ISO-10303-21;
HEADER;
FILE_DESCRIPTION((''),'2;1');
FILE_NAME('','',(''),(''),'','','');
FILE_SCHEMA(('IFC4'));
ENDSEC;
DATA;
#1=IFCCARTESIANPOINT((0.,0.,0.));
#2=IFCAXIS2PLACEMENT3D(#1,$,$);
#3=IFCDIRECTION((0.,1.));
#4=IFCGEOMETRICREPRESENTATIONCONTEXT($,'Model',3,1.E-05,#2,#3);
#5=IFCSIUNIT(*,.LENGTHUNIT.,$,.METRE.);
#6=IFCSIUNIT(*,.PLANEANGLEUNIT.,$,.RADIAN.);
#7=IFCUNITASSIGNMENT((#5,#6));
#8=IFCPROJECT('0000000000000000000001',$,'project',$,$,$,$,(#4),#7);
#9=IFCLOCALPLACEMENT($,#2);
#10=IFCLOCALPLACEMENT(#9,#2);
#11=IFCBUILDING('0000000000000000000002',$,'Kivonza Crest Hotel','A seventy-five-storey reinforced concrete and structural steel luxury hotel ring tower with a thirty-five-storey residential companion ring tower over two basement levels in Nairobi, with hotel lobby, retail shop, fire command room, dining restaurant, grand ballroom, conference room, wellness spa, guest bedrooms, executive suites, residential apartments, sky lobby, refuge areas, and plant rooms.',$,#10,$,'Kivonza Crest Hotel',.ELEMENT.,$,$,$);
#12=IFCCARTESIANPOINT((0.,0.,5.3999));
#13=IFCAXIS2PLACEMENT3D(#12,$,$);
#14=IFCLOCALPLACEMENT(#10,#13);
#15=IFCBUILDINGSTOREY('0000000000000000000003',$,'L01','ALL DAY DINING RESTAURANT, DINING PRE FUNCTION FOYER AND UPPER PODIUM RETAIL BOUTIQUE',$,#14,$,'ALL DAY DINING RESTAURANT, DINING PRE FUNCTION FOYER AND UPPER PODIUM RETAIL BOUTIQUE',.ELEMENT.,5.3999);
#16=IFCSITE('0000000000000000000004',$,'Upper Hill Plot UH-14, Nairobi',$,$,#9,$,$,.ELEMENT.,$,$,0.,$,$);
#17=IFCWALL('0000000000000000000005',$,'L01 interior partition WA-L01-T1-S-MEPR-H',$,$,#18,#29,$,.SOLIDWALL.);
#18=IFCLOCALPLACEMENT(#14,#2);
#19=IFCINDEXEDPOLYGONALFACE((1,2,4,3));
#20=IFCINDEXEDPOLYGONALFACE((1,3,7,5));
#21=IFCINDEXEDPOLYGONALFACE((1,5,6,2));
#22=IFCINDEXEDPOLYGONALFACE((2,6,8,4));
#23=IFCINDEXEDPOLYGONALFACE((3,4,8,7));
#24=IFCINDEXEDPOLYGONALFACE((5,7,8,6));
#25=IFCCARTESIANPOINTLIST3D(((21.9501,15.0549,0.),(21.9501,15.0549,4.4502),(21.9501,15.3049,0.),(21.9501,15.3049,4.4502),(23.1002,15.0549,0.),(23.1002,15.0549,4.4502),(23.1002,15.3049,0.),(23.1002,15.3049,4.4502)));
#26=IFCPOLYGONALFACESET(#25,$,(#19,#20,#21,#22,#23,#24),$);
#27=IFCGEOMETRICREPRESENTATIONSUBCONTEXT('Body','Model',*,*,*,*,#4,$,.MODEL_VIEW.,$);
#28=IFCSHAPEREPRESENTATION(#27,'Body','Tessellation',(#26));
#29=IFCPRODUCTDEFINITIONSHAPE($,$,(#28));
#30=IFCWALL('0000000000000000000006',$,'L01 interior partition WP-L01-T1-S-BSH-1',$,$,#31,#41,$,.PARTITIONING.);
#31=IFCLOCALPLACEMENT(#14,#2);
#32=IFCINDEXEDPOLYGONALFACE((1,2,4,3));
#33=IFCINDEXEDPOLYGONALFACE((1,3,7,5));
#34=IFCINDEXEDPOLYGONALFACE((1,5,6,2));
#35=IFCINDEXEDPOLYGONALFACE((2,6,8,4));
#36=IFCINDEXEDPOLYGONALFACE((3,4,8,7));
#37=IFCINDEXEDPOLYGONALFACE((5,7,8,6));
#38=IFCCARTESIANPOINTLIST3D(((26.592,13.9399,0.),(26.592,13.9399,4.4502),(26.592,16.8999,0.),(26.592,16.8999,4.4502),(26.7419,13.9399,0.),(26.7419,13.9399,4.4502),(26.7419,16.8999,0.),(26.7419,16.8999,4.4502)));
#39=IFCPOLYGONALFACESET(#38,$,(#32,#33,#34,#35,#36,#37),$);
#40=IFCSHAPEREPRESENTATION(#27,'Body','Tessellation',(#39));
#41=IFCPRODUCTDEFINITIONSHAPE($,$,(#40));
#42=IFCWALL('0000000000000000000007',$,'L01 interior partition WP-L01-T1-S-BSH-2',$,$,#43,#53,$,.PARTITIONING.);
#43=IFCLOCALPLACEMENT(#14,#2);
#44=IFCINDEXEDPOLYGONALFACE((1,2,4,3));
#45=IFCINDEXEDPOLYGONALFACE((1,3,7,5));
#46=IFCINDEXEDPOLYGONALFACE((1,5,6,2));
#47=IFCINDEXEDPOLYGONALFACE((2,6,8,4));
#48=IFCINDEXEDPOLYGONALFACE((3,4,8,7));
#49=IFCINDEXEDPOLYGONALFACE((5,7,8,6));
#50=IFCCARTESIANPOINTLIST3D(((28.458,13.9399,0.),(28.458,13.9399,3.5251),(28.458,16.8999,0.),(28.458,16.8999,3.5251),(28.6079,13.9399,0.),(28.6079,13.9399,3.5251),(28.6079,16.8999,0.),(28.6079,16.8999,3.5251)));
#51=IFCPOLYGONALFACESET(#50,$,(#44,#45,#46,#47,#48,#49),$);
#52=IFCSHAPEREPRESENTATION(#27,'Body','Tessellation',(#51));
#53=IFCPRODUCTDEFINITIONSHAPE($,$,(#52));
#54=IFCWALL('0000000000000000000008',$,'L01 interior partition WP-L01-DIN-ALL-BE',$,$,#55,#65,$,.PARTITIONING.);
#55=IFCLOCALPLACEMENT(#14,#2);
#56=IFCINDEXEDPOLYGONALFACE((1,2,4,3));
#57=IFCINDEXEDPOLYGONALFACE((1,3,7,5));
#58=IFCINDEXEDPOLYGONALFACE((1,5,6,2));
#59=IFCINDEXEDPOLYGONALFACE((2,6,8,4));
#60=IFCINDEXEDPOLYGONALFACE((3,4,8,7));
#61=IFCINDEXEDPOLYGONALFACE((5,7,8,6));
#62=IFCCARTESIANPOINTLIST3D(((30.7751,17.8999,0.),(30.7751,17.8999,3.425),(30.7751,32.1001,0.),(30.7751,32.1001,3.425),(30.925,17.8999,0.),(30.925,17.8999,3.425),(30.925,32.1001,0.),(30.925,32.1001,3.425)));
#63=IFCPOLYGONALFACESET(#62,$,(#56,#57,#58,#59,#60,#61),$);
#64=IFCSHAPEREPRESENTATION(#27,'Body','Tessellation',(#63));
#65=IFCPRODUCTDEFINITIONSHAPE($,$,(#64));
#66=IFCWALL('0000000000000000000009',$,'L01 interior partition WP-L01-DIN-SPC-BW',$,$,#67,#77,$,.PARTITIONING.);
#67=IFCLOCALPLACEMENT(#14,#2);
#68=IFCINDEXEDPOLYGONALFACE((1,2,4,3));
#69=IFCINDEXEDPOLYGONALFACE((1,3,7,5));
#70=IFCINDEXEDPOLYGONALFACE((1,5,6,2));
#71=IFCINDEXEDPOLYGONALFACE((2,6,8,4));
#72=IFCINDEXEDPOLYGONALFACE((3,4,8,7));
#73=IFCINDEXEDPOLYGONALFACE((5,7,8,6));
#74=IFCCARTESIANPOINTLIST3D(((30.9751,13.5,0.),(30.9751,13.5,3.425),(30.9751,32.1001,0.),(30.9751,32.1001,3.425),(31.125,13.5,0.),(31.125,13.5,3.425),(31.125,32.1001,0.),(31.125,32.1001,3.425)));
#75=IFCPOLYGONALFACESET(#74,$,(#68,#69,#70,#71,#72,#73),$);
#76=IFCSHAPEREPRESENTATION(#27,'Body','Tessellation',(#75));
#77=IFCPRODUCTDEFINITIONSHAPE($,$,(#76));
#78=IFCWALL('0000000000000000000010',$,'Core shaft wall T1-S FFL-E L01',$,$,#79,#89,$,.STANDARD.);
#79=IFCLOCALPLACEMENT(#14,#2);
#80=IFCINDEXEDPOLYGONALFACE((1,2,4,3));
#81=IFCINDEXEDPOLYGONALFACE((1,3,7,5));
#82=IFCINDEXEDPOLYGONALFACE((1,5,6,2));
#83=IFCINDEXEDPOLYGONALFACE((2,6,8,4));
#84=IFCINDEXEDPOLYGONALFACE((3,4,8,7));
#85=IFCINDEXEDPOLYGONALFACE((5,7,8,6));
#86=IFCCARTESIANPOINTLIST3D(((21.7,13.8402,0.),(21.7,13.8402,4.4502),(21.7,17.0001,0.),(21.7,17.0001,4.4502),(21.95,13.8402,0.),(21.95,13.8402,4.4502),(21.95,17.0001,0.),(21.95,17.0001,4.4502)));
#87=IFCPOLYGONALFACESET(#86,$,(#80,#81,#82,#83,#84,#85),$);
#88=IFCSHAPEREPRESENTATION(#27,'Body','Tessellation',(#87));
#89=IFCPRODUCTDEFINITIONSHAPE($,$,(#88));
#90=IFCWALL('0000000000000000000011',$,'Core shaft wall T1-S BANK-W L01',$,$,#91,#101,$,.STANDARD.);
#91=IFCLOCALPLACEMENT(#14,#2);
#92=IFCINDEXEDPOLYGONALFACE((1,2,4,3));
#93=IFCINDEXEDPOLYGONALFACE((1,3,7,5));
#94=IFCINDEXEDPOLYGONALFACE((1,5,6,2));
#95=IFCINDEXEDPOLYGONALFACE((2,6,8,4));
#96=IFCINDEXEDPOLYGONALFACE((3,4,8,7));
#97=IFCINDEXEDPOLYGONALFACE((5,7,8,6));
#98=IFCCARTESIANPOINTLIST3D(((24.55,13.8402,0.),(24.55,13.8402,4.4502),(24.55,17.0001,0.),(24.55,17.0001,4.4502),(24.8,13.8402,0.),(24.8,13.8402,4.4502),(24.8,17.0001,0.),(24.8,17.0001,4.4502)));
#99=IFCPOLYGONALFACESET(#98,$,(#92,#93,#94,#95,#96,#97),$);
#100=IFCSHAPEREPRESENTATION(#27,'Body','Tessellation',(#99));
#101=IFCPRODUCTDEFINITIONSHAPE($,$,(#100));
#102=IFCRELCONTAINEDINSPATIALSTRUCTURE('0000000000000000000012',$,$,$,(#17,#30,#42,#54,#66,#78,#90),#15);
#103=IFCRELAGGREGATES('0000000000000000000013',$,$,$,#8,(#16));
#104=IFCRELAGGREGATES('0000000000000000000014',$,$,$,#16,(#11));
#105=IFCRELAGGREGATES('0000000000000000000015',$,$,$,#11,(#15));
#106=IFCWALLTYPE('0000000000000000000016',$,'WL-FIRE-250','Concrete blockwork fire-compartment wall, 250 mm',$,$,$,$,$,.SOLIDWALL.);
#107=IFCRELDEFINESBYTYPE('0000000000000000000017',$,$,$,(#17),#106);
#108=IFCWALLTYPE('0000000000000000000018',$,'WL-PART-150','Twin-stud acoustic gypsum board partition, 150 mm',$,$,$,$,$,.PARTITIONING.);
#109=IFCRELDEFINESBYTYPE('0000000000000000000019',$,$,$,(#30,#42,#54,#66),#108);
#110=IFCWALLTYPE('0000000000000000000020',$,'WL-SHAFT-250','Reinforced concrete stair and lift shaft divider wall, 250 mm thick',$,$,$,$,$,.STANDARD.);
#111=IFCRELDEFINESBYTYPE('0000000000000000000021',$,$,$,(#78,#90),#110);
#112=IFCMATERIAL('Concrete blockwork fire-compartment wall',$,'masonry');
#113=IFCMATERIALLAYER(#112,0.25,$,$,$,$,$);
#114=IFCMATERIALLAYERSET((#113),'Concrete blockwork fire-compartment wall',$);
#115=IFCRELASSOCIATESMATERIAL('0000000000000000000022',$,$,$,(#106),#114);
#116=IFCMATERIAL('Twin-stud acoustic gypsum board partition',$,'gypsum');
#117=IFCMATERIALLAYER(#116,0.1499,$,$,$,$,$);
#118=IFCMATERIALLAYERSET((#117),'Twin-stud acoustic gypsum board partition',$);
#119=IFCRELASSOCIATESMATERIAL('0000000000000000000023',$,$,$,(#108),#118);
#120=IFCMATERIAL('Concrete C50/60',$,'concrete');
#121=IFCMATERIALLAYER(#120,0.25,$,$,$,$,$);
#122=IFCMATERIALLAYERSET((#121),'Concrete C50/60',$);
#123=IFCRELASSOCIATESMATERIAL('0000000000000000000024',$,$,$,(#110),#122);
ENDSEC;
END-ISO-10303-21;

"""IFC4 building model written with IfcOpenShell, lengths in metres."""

from ifc_helpers import new_model, si_unit, direction, frame, frame_2d, origin, place, context, subcontext, project, spatial, rectangle, extrude, material, layer, layer_set, type_object, element, save


model = new_model("IFC4")

# Units and contexts
model_context = context("Model", 3, precision=1e-05, world=origin(), true_north=direction((0.0, 1.0)))
body_context = subcontext(model_context, "Body", "Model", "MODEL_VIEW")
ifc_project = project(units=[si_unit("LENGTHUNIT", "METRE"), si_unit("PLANEANGLEUNIT", "RADIAN")], contexts=[model_context])

# Site, building, storey
site_placement = place(None, origin())
site = spatial("IfcSite", under=ifc_project, at=site_placement, Name="Upper Hill Plot UH-14, Nairobi", CompositionType="ELEMENT", RefElevation=0.0)
building_placement = place(site_placement, origin())
building = spatial("IfcBuilding", under=site, at=building_placement, Name="Kivonza Crest Hotel", Description="A seventy-five-storey reinforced concrete and structural steel luxury hotel ring tower with a thirty-five-storey residential companion ring tower over two basement levels in Nairobi, with hotel lobby, retail shop, fire command room, dining restaurant, grand ballroom, conference room, wellness spa, guest bedrooms, executive suites, residential apartments, sky lobby, refuge areas, and plant rooms.", LongName="Kivonza Crest Hotel", CompositionType="ELEMENT")
storey_placement = place(building_placement, frame((0.0, 0.0, 5.3999)))
storey = spatial("IfcBuildingStorey", under=building, at=storey_placement, Name="L01", Description="ALL DAY DINING RESTAURANT, DINING PRE FUNCTION FOYER AND UPPER PODIUM RETAIL BOUTIQUE", LongName="ALL DAY DINING RESTAURANT, DINING PRE FUNCTION FOYER AND UPPER PODIUM RETAIL BOUTIQUE", CompositionType="ELEMENT", Elevation=5.3999)

# Walls
ifc_material_1 = material(Name="Concrete blockwork fire-compartment wall", Category="masonry")
ifc_layer_1 = layer(ifc_material_1, 0.25)
ifc_layer_set_1 = layer_set([ifc_layer_1], Name="Concrete blockwork fire-compartment wall")
wall_type_1 = type_object("IfcWallType", Name="WL-FIRE-250", Description="Concrete blockwork fire-compartment wall, 250 mm", PredefinedType="SOLIDWALL", material=ifc_layer_set_1)
wall_1_placement = place(storey_placement, frame((21.95, 15.1799, 0.0), z_axis=(0.0, 0.0, 1.0), x_axis=(1.0, 0.0, 0.0)))
element("IfcWall", 1, at=wall_1_placement, inside=storey, type_object=wall_type_1, Name="L01 interior partition WA-L01-T1-S-MEPR-H", PredefinedType="SOLIDWALL", context=body_context, shape_type="SweptSolid", body=[
    extrude(rectangle(XDim=1.1501, YDim=0.25, at=frame_2d((0.5752, 0.0))), origin(), (0.0, 0.0, 1.0), 4.4502),
])
ifc_material_2 = material(Name="Twin-stud acoustic gypsum board partition", Category="gypsum")
ifc_layer_2 = layer(ifc_material_2, 0.1499)
ifc_layer_set_2 = layer_set([ifc_layer_2], Name="Twin-stud acoustic gypsum board partition")
wall_type_2 = type_object("IfcWallType", Name="WL-PART-150", Description="Twin-stud acoustic gypsum board partition, 150 mm", PredefinedType="PARTITIONING", material=ifc_layer_set_2)
wall_2_placement = place(storey_placement, frame((26.667, 13.9399, 0.0), z_axis=(0.0, 0.0, 1.0), x_axis=(0.0, 1.0, 0.0)))
element("IfcWall", 2, at=wall_2_placement, inside=storey, type_object=wall_type_2, Name="L01 interior partition WP-L01-T1-S-BSH-1", PredefinedType="PARTITIONING", context=body_context, shape_type="SweptSolid", body=[
    extrude(rectangle(XDim=2.96, YDim=0.1499, at=frame_2d((1.48, 0.0))), origin(), (0.0, 0.0, 1.0), 4.4502),
])
wall_3_placement = place(storey_placement, frame((28.533, 13.9399, 0.0), z_axis=(0.0, 0.0, 1.0), x_axis=(0.0, 1.0, 0.0)))
element("IfcWall", 3, at=wall_3_placement, inside=storey, type_object=wall_type_2, Name="L01 interior partition WP-L01-T1-S-BSH-2", PredefinedType="PARTITIONING", context=body_context, shape_type="SweptSolid", body=[
    extrude(rectangle(XDim=2.96, YDim=0.1499, at=frame_2d((1.48, 0.0))), origin(), (0.0, 0.0, 1.0), 3.5251),
])
wall_4_placement = place(storey_placement, frame((30.8501, 17.8999, 0.0), z_axis=(0.0, 0.0, 1.0), x_axis=(0.0, 1.0, 0.0)))
element("IfcWall", 4, at=wall_4_placement, inside=storey, type_object=wall_type_2, Name="L01 interior partition WP-L01-DIN-ALL-BE", PredefinedType="PARTITIONING", context=body_context, shape_type="SweptSolid", body=[
    extrude(rectangle(XDim=14.2002, YDim=0.1499, at=frame_2d((7.1001, 0.0))), origin(), (0.0, 0.0, 1.0), 3.425),
])
wall_5_placement = place(storey_placement, frame((31.05, 13.5, 0.0), z_axis=(0.0, 0.0, 1.0), x_axis=(0.0, 1.0, 0.0)))
element("IfcWall", 5, at=wall_5_placement, inside=storey, type_object=wall_type_2, Name="L01 interior partition WP-L01-DIN-SPC-BW", PredefinedType="PARTITIONING", context=body_context, shape_type="SweptSolid", body=[
    extrude(rectangle(XDim=18.6001, YDim=0.1499, at=frame_2d((9.3, 0.0))), origin(), (0.0, 0.0, 1.0), 3.425),
])

# Shared definitions
ifc_material_3 = material(Name="Concrete C50/60", Category="concrete")
ifc_layer_3 = layer(ifc_material_3, 0.25)
ifc_layer_set_3 = layer_set([ifc_layer_3], Name="Concrete C50/60")
wall_type_3 = type_object("IfcWallType", Name="WL-SHAFT-250", Description="Reinforced concrete stair and lift shaft divider wall, 250 mm thick", PredefinedType="STANDARD", material=ifc_layer_set_3)

# Walls
for number, where, z_axis, x_axis, name in (
    (6, (21.825, 13.8401, 0.0), (0.0, 0.0, 1.0), (0.0, 1.0, 0.0), "Core shaft wall T1-S FFL-E L01"),
    (7, (24.675, 13.8401, 0.0), (0.0, 0.0, 1.0), (0.0, 1.0, 0.0), "Core shaft wall T1-S BANK-W L01"),
):
    element("IfcWall", number, at=place(storey_placement, frame(where, z_axis=z_axis, x_axis=x_axis)), inside=storey, type_object=wall_type_3, Name=name, PredefinedType="STANDARD", context=body_context, shape_type="SweptSolid", body=[
        extrude(rectangle(XDim=3.1599, YDim=0.25, at=frame_2d((1.5801, 0.0))), origin(), (0.0, 0.0, 1.0), 4.4502),
    ])

save(model, "model.ifc")
